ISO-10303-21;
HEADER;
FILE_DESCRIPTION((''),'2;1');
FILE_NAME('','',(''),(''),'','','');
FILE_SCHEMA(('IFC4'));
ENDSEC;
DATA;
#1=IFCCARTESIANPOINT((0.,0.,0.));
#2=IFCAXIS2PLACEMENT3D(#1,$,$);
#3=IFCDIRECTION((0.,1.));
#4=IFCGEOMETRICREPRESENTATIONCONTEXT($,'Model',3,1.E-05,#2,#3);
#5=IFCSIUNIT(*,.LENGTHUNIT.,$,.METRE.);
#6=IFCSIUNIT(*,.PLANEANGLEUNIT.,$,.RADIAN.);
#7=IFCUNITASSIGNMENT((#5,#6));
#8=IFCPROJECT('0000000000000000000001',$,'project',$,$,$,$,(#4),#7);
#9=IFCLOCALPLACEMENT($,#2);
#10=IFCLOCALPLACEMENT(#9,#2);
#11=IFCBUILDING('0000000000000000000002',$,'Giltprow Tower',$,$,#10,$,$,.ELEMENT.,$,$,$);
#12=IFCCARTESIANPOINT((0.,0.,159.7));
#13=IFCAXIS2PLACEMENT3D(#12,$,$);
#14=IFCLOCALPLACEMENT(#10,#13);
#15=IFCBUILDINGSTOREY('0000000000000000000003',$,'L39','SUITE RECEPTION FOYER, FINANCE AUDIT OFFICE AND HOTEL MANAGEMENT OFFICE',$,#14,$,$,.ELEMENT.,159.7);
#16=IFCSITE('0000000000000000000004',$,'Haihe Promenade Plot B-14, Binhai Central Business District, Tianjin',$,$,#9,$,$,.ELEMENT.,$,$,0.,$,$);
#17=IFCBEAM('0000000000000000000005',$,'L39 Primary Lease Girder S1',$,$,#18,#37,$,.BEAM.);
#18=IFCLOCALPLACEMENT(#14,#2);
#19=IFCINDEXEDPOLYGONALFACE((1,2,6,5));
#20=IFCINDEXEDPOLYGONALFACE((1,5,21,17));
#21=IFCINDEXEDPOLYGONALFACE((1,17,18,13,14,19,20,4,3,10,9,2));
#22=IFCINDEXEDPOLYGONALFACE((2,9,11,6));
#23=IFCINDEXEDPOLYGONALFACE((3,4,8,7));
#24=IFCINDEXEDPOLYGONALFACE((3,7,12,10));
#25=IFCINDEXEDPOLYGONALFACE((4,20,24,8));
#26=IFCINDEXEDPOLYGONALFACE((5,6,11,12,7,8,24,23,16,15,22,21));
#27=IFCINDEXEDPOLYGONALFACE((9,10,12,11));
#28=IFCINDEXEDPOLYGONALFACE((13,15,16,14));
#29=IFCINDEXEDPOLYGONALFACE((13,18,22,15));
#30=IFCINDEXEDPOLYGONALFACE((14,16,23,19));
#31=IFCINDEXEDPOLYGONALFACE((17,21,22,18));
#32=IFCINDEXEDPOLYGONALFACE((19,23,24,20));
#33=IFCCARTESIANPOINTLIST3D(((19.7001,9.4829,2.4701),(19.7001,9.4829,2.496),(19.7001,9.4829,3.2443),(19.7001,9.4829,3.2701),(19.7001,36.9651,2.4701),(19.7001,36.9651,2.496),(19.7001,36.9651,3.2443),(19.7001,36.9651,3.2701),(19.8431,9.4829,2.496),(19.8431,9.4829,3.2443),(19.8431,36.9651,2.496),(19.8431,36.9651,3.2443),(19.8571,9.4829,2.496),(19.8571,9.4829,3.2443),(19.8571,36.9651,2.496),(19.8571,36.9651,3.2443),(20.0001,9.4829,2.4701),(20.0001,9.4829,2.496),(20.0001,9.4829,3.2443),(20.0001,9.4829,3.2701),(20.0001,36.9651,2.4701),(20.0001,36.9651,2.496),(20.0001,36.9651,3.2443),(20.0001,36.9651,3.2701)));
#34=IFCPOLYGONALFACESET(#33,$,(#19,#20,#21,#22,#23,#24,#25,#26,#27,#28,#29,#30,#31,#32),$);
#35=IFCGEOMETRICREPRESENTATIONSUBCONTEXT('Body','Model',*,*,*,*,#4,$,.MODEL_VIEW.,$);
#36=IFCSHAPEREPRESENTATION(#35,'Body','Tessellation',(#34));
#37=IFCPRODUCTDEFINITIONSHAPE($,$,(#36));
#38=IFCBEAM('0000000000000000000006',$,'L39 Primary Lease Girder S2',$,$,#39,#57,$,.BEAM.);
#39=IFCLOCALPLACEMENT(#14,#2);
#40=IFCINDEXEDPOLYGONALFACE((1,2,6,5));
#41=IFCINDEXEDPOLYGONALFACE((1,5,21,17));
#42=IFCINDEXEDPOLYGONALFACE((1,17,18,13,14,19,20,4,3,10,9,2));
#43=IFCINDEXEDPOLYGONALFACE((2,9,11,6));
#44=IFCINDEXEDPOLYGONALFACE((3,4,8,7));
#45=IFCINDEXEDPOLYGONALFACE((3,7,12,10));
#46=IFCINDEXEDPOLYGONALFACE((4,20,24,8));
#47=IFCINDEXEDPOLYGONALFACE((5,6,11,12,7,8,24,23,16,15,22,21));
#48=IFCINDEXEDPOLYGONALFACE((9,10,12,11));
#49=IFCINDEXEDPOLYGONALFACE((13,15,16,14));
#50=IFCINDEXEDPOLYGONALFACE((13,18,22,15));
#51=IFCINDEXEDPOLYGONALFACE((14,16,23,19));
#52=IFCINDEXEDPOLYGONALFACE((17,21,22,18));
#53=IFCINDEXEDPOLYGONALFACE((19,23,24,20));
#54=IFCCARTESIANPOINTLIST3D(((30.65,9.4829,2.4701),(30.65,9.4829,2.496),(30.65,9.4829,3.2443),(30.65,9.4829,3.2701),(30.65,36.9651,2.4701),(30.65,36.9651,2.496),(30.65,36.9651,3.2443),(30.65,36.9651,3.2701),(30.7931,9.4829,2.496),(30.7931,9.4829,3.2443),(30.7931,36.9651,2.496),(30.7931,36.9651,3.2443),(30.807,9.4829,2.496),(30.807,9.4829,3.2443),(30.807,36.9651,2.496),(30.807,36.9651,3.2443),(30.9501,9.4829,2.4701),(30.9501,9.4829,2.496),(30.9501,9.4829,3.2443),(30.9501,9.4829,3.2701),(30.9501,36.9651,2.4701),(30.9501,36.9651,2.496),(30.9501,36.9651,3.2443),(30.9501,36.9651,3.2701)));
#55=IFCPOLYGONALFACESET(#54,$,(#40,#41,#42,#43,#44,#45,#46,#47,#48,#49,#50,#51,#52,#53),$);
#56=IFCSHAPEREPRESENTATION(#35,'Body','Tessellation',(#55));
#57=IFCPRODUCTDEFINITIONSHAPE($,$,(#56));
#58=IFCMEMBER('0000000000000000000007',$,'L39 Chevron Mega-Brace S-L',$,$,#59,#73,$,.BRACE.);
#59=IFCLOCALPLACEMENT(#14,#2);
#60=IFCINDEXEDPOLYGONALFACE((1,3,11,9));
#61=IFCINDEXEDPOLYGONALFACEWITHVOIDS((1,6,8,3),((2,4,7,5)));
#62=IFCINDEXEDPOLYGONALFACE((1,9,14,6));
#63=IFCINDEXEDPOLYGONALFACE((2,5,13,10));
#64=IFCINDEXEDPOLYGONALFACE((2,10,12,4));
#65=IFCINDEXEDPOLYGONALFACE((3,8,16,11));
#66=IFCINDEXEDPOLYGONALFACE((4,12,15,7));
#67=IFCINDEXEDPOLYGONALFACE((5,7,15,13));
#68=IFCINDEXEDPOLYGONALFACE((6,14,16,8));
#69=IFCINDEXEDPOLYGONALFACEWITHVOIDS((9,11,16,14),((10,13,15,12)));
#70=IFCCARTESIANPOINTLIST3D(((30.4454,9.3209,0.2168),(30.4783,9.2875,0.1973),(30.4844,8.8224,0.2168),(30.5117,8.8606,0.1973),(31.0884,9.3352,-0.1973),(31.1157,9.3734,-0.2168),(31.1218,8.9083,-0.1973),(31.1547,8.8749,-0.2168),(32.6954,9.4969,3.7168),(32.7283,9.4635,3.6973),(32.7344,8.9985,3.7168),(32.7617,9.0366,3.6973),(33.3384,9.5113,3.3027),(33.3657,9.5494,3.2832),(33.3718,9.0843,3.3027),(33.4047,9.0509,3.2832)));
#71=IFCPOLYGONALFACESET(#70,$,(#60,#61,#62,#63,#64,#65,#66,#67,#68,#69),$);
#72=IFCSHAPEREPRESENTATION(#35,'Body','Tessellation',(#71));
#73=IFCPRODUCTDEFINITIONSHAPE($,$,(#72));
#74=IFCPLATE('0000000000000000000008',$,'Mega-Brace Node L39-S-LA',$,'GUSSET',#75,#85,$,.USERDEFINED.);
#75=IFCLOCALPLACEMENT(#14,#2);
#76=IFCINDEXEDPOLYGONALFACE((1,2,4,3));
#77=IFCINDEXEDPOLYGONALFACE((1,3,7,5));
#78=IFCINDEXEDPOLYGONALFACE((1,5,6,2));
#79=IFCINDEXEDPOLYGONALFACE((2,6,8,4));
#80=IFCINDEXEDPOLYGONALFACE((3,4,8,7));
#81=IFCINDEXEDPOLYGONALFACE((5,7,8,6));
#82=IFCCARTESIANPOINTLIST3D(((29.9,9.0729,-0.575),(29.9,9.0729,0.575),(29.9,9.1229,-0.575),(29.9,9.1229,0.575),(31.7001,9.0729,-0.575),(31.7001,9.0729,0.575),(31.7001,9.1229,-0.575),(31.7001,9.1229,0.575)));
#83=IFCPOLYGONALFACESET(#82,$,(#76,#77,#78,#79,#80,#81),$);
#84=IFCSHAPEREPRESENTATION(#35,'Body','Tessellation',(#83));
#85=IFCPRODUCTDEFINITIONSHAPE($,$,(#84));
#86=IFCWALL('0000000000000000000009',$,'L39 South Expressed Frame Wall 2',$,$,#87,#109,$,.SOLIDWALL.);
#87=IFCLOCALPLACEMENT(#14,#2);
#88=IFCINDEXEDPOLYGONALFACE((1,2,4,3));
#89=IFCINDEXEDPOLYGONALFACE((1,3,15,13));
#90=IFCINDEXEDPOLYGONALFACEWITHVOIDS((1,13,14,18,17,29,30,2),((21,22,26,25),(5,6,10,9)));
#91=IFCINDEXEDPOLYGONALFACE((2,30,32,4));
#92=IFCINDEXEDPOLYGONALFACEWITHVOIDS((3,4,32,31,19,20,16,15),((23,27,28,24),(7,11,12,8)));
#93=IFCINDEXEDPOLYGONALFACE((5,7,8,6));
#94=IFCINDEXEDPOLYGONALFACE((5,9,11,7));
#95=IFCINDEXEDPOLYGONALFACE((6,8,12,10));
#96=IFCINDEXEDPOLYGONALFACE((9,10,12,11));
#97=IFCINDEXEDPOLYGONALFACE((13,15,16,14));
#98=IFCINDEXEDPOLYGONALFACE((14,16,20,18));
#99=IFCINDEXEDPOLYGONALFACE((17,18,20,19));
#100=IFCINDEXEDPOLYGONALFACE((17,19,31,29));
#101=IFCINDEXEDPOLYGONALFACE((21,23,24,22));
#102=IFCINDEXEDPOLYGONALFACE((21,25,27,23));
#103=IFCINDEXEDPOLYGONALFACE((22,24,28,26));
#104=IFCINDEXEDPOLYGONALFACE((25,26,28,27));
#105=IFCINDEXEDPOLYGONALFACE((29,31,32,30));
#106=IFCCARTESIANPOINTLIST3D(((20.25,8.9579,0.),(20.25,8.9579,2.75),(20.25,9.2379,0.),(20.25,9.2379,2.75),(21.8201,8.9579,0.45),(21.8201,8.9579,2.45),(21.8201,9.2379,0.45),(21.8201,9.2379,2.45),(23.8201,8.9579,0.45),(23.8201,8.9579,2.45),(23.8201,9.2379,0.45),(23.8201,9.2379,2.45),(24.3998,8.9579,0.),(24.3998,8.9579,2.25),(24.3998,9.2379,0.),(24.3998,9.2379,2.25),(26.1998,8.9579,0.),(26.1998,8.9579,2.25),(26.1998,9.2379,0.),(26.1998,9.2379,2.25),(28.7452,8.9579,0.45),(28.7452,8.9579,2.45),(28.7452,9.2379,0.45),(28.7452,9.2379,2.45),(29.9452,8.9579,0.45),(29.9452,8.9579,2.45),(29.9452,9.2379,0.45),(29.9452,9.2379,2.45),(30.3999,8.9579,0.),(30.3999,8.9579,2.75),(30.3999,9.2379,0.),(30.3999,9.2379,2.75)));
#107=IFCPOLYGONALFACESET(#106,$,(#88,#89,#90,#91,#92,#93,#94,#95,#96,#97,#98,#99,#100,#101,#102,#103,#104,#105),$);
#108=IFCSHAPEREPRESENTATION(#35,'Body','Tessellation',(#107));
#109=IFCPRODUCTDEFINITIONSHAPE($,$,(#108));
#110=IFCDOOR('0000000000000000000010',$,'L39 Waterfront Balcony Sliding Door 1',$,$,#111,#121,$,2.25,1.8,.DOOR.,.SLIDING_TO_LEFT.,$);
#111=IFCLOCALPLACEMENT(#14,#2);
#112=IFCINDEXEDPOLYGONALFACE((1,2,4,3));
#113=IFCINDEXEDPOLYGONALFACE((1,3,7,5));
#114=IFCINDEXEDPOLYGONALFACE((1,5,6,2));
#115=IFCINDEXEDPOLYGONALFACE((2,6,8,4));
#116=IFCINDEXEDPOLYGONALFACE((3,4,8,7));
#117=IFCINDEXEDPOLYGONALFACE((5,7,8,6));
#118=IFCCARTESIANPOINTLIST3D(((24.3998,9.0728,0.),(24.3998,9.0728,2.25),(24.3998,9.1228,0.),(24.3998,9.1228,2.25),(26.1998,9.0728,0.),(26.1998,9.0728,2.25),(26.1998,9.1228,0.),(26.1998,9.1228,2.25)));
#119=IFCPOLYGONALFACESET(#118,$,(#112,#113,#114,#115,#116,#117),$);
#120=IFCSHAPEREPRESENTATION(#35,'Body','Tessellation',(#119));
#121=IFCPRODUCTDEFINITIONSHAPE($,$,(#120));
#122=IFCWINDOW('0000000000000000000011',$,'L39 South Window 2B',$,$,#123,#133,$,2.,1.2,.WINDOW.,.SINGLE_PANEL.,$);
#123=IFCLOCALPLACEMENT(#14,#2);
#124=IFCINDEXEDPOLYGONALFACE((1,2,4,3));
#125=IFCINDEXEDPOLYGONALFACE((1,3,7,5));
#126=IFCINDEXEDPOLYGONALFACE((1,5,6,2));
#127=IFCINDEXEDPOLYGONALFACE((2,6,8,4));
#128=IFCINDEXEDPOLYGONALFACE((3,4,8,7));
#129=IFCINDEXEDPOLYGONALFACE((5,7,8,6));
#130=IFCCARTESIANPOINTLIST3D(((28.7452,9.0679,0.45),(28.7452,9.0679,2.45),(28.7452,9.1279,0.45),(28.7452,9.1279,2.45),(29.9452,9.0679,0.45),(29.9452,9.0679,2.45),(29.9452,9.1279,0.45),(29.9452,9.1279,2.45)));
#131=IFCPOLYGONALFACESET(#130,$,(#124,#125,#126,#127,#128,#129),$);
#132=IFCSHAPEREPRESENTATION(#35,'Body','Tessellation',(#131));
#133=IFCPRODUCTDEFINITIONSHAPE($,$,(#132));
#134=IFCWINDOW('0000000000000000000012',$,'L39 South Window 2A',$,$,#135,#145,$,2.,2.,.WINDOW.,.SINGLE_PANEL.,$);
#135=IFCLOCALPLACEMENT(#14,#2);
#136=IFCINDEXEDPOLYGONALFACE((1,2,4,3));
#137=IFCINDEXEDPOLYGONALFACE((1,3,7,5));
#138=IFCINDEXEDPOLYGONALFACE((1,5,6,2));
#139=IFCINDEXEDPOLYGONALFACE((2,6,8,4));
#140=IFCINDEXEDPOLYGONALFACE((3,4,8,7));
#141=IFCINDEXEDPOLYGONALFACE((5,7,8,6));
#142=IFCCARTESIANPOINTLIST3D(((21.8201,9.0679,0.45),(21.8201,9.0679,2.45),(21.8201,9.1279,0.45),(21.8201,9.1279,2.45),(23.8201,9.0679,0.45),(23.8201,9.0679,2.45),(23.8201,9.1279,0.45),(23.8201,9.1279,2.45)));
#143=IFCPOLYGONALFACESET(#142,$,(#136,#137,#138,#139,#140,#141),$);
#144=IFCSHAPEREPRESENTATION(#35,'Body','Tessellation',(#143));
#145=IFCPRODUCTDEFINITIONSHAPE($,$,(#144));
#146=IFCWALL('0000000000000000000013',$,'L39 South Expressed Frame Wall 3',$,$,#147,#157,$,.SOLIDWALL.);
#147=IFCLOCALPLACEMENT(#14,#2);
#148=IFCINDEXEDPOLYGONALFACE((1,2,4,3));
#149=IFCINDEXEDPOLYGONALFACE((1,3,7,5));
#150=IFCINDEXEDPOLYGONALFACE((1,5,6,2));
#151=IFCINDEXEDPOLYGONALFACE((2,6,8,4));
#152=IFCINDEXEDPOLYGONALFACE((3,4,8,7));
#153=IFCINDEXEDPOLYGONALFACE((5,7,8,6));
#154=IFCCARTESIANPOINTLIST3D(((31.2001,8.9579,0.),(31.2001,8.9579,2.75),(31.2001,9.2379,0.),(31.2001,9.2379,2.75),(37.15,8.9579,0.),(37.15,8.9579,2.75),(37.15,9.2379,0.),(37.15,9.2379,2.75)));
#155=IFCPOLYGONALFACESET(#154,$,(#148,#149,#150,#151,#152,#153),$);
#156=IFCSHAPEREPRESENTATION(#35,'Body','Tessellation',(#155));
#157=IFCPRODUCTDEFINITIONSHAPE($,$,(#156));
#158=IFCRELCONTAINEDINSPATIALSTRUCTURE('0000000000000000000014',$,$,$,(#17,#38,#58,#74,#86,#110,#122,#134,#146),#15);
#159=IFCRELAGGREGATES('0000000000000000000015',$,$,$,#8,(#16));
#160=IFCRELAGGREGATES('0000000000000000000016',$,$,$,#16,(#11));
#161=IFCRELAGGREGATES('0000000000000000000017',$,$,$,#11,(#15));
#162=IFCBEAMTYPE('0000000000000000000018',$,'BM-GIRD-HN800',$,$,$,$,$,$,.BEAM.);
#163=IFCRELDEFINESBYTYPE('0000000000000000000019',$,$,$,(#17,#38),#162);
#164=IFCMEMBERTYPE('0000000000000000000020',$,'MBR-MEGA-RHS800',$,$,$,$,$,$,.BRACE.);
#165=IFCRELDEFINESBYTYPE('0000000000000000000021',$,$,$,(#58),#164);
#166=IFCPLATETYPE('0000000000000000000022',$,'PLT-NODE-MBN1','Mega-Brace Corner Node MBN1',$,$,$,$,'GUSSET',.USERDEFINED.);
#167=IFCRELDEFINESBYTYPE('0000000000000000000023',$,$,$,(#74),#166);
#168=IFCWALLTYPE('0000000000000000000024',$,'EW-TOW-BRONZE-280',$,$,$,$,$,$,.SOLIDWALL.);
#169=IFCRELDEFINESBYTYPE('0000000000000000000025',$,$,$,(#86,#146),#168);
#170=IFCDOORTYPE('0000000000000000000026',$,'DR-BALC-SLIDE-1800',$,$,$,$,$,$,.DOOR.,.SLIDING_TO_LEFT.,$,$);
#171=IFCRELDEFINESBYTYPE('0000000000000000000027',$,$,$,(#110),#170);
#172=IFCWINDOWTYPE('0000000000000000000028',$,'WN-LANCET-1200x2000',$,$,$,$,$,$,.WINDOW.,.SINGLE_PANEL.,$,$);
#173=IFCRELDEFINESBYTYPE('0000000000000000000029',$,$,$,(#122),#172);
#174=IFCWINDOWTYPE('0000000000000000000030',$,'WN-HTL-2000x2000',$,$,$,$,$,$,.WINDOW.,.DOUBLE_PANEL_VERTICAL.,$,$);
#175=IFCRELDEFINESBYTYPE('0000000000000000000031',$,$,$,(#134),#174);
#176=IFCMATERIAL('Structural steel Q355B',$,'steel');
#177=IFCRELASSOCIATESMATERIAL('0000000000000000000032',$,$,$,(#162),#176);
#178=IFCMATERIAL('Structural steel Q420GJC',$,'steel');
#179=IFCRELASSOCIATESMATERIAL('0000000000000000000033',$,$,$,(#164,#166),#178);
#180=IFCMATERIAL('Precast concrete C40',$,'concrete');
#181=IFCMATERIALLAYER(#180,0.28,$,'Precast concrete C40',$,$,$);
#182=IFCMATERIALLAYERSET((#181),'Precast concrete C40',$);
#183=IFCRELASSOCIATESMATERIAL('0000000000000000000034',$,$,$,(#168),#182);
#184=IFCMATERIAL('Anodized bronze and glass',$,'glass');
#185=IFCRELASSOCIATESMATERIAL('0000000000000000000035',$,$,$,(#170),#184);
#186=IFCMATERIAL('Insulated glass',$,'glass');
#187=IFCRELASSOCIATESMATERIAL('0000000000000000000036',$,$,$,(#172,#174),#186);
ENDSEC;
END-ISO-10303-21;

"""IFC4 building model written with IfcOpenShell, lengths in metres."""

from ifc_helpers import new_model, si_unit, direction, frame, frame_2d, origin, origin_2d, place, context, subcontext, project, spatial, rectangle, hollow_rectangle, i_section, extrude, source, transform, mapped, material, layer, layer_set, material_profile, profile_set, type_object, element, fill, save


model = new_model("IFC4")

# Units and contexts
model_context = context("Model", 3, precision=1e-05, world=origin(), true_north=direction((0.0, 1.0)))
body_context = subcontext(model_context, "Body", "Model", "MODEL_VIEW")
ifc_project = project(units=[si_unit("LENGTHUNIT", "METRE"), si_unit("PLANEANGLEUNIT", "RADIAN")], contexts=[model_context])

# Site, building, storey
site_placement = place(None, origin())
site = spatial("IfcSite", under=ifc_project, at=site_placement, Name="Haihe Promenade Plot B-14, Binhai Central Business District, Tianjin", CompositionType="ELEMENT", RefElevation=0.0)
building_placement = place(site_placement, origin())
building = spatial("IfcBuilding", under=site, at=building_placement, Name="Giltprow Tower", CompositionType="ELEMENT")
storey_placement = place(building_placement, frame((0.0, 0.0, 159.7)))
storey = spatial("IfcBuildingStorey", under=building, at=storey_placement, Name="L39", Description="SUITE RECEPTION FOYER, FINANCE AUDIT OFFICE AND HOTEL MANAGEMENT OFFICE", CompositionType="ELEMENT", Elevation=159.7)

# Shared definitions
ifc_material_1 = material(Name="Structural steel Q420GJC", Category="steel")

# Beams
ifc_material_2 = material(Name="Structural steel Q355B", Category="steel")
ifc_material_profile_1 = material_profile(ifc_material_2, i_section(OverallWidth=0.3, OverallDepth=0.8, WebThickness=0.0139, FlangeThickness=0.0259, at=origin_2d()), Name="HN 800x300x14x26")
ifc_profile_set_1 = profile_set([ifc_material_profile_1], Name="Structural steel Q355B")
beam_type_1 = type_object("IfcBeamType", Name="BM-GIRD-HN800", PredefinedType="BEAM", material=ifc_profile_set_1)
shared_shape_1 = source(origin(), body_context, "Body", "SweptSolid", [
    extrude(i_section(OverallWidth=0.3, OverallDepth=0.8, WebThickness=0.0139, FlangeThickness=0.0259, at=origin_2d()), origin(), (0.0, 0.0, 1.0), 27.4822),
])
for number, where, z_axis, x_axis, name in (
    (1, (19.8501, 9.4829, 2.8701), (0.0, 1.0, 0.0), (-1.0, 0.0, 0.0), "L39 Primary Lease Girder S1"),
    (2, (30.8, 9.4829, 2.8701), (0.0, 1.0, 0.0), (-1.0, 0.0, 0.0), "L39 Primary Lease Girder S2"),
):
    element("IfcBeam", number, at=place(storey_placement, frame(where, z_axis=z_axis, x_axis=x_axis)), inside=storey, type_object=beam_type_1, Name=name, PredefinedType="BEAM", context=body_context, shape_type="MappedRepresentation", body=[
        mapped(shared_shape_1, transform((0.0, 0.0, 0.0), x_axis=(1.0, 0.0, 0.0), y_axis=(0.0, 1.0, 0.0), z_axis=(0.0, 0.0, 1.0), scale=1.0)),
    ])

# Member
ifc_material_profile_2 = material_profile(ifc_material_1, hollow_rectangle(XDim=0.5, YDim=0.8, WallThickness=0.0359, at=origin_2d()), Name="RHS 800x500x36")
ifc_profile_set_2 = profile_set([ifc_material_profile_2], Name="Structural steel Q420GJC")
member_type = type_object("IfcMemberType", Name="MBR-MEGA-RHS800", PredefinedType="BRACE", material=ifc_profile_set_2)
shared_shape_2 = source(origin(), body_context, "Body", "SweptSolid", [
    extrude(hollow_rectangle(XDim=0.5, YDim=0.8, WallThickness=0.0359, at=origin_2d()), origin(), (0.0, 0.0, 1.0), 4.1646),
])
member_placement = place(storey_placement, frame((30.8, 9.0979, 0.0), z_axis=(0.540274, 0.042268, 0.840427), x_axis=(-0.077995, 0.996954, 0.0)))
element("IfcMember", 3, at=member_placement, inside=storey, type_object=member_type, Name="L39 Chevron Mega-Brace S-L", PredefinedType="BRACE", context=body_context, shape_type="MappedRepresentation", body=[
    mapped(shared_shape_2, transform((0.0, 0.0, 0.0), x_axis=(1.0, 0.0, 0.0), y_axis=(0.0, 1.0, 0.0), z_axis=(0.0, 0.0, 1.0), scale=1.0)),
])

# Plate
plate_type = type_object("IfcPlateType", Name="PLT-NODE-MBN1", Description="Mega-Brace Corner Node MBN1", ElementType="GUSSET", PredefinedType="USERDEFINED", material=ifc_material_1)
shared_shape_3 = source(origin(), body_context, "Body", "SweptSolid", [
    extrude(rectangle(XDim=1.8, YDim=0.05, at=origin_2d()), origin(), (0.0, 0.0, 1.0), 1.1499),
])
plate_placement = place(storey_placement, frame((30.8, 9.0979, -0.575), z_axis=(0.0, 0.0, 1.0), x_axis=(1.0, 0.0, 0.0)))
element("IfcPlate", 4, at=plate_placement, inside=storey, type_object=plate_type, Name="Mega-Brace Node L39-S-LA", ObjectType="GUSSET", PredefinedType="USERDEFINED", context=body_context, shape_type="MappedRepresentation", body=[
    mapped(shared_shape_3, transform((0.0, 0.0, 0.0), x_axis=(1.0, 0.0, 0.0), y_axis=(0.0, 1.0, 0.0), z_axis=(0.0, 0.0, 1.0), scale=1.0)),
])

# Wall, openings, door, windows
ifc_material_3 = material(Name="Precast concrete C40", Category="concrete")
ifc_layer_1 = layer(ifc_material_3, 0.28, Name="Precast concrete C40")
ifc_layer_set_1 = layer_set([ifc_layer_1], Name="Precast concrete C40")
wall_type_1 = type_object("IfcWallType", Name="EW-TOW-BRONZE-280", PredefinedType="SOLIDWALL", material=ifc_layer_set_1)
wall_1_placement = place(storey_placement, frame((20.25, 9.0979, 0.0), z_axis=(0.0, 0.0, 1.0), x_axis=(1.0, 0.0, 0.0)))
wall_1 = element("IfcWall", 5, at=wall_1_placement, inside=storey, type_object=wall_type_1, Name="L39 South Expressed Frame Wall 2", PredefinedType="SOLIDWALL", context=body_context, shape_type="SweptSolid", body=[
    extrude(rectangle(XDim=10.1499, YDim=0.28, at=frame_2d((5.075, 0.0))), origin(), (0.0, 0.0, 1.0), 2.75),
])
opening_1_placement = place(wall_1_placement, frame((4.1499, 0.0, 0.0)))
opening_1 = element("IfcOpeningElement", 6, at=opening_1_placement, cuts=wall_1, PredefinedType="OPENING", context=body_context, shape_type="SweptSolid", body=[
    extrude(rectangle(XDim=1.8, YDim=2.25, at=frame_2d((0.8999, 1.125))), frame((0.0, 0.1499, 0.0), z_axis=(0.0, -1.0, 0.0), x_axis=(1.0, 0.0, 0.0)), (0.0, 0.0, 1.0), 0.3),
])
opening_2_placement = place(wall_1_placement, frame((1.5701, 0.0, 0.45)))
opening_2 = element("IfcOpeningElement", 7, at=opening_2_placement, cuts=wall_1, PredefinedType="OPENING", context=body_context, shape_type="SweptSolid", body=[
    extrude(rectangle(XDim=2.0, YDim=2.0, at=frame_2d((1.0, 1.0))), frame((0.0, 0.1499, 0.0), z_axis=(0.0, -1.0, 0.0), x_axis=(1.0, 0.0, 0.0)), (0.0, 0.0, 1.0), 0.3),
])
opening_3_placement = place(wall_1_placement, frame((8.4951, 0.0, 0.45)))
opening_3 = element("IfcOpeningElement", 8, at=opening_3_placement, cuts=wall_1, PredefinedType="OPENING", context=body_context, shape_type="SweptSolid", body=[
    extrude(rectangle(XDim=1.2, YDim=2.0, at=frame_2d((0.6001, 1.0))), frame((0.0, 0.1499, 0.0), z_axis=(0.0, -1.0, 0.0), x_axis=(1.0, 0.0, 0.0)), (0.0, 0.0, 1.0), 0.3),
])
ifc_material_4 = material(Name="Anodized bronze and glass", Category="glass")
door_type_1 = type_object("IfcDoorType", Name="DR-BALC-SLIDE-1800", OperationType="SLIDING_TO_LEFT", PredefinedType="DOOR", material=ifc_material_4)
shared_shape_4 = source(origin(), body_context, "Body", "SweptSolid", [
    extrude(rectangle(XDim=1.8, YDim=2.25, at=frame_2d((0.8999, 1.125))), frame((0.0, 0.0249, 0.0), z_axis=(0.0, -1.0, 0.0), x_axis=(1.0, 0.0, 0.0)), (0.0, 0.0, 1.0), 0.05),
])
door_1_placement = place(opening_1_placement, origin())
door_1 = element("IfcDoor", 9, at=door_1_placement, inside=storey, type_object=door_type_1, Name="L39 Waterfront Balcony Sliding Door 1", OperationType="SLIDING_TO_LEFT", OverallHeight=2.25, OverallWidth=1.8, PredefinedType="DOOR", context=body_context, shape_type="MappedRepresentation", body=[
    mapped(shared_shape_4, transform((0.0, 0.0, 0.0), x_axis=(1.0, 0.0, 0.0), y_axis=(0.0, 1.0, 0.0), z_axis=(0.0, 0.0, 1.0), scale=1.0)),
])
fill(opening_1, door_1)
ifc_material_5 = material(Name="Insulated glass", Category="glass")
window_type_1 = type_object("IfcWindowType", Name="WN-LANCET-1200x2000", PartitioningType="SINGLE_PANEL", PredefinedType="WINDOW", material=ifc_material_5)
shared_shape_5 = source(origin(), body_context, "Body", "SweptSolid", [
    extrude(rectangle(XDim=1.2, YDim=2.0, at=frame_2d((0.6001, 1.0))), frame((0.0, 0.03, 0.0), z_axis=(0.0, -1.0, 0.0), x_axis=(1.0, 0.0, 0.0)), (0.0, 0.0, 1.0), 0.0601),
])
window_1_placement = place(opening_3_placement, origin())
window_1 = element("IfcWindow", 10, at=window_1_placement, inside=storey, type_object=window_type_1, Name="L39 South Window 2B", OverallHeight=2.0, OverallWidth=1.2, PartitioningType="SINGLE_PANEL", PredefinedType="WINDOW", context=body_context, shape_type="MappedRepresentation", body=[
    mapped(shared_shape_5, transform((0.0, 0.0, 0.0), x_axis=(1.0, 0.0, 0.0), y_axis=(0.0, 1.0, 0.0), z_axis=(0.0, 0.0, 1.0), scale=1.0)),
])
fill(opening_3, window_1)
window_type_2 = type_object("IfcWindowType", Name="WN-HTL-2000x2000", PartitioningType="DOUBLE_PANEL_VERTICAL", PredefinedType="WINDOW", material=ifc_material_5)
shared_shape_6 = source(origin(), body_context, "Body", "SweptSolid", [
    extrude(rectangle(XDim=2.0, YDim=2.0, at=frame_2d((1.0, 1.0))), frame((0.0, 0.03, 0.0), z_axis=(0.0, -1.0, 0.0), x_axis=(1.0, 0.0, 0.0)), (0.0, 0.0, 1.0), 0.0601),
])
window_2_placement = place(opening_2_placement, origin())
window_2 = element("IfcWindow", 11, at=window_2_placement, inside=storey, type_object=window_type_2, Name="L39 South Window 2A", OverallHeight=2.0, OverallWidth=2.0, PartitioningType="SINGLE_PANEL", PredefinedType="WINDOW", context=body_context, shape_type="MappedRepresentation", body=[
    mapped(shared_shape_6, transform((0.0, 0.0, 0.0), x_axis=(1.0, 0.0, 0.0), y_axis=(0.0, 1.0, 0.0), z_axis=(0.0, 0.0, 1.0), scale=1.0)),
])
fill(opening_2, window_2)

# Wall
wall_2_placement = place(storey_placement, frame((31.2, 9.0979, 0.0), z_axis=(0.0, 0.0, 1.0), x_axis=(1.0, 0.0, 0.0)))
element("IfcWall", 12, at=wall_2_placement, inside=storey, type_object=wall_type_1, Name="L39 South Expressed Frame Wall 3", PredefinedType="SOLIDWALL", context=body_context, shape_type="SweptSolid", body=[
    extrude(rectangle(XDim=5.95, YDim=0.28, at=frame_2d((2.9751, 0.0))), origin(), (0.0, 0.0, 1.0), 2.75),
])

save(model, "model.ifc")
